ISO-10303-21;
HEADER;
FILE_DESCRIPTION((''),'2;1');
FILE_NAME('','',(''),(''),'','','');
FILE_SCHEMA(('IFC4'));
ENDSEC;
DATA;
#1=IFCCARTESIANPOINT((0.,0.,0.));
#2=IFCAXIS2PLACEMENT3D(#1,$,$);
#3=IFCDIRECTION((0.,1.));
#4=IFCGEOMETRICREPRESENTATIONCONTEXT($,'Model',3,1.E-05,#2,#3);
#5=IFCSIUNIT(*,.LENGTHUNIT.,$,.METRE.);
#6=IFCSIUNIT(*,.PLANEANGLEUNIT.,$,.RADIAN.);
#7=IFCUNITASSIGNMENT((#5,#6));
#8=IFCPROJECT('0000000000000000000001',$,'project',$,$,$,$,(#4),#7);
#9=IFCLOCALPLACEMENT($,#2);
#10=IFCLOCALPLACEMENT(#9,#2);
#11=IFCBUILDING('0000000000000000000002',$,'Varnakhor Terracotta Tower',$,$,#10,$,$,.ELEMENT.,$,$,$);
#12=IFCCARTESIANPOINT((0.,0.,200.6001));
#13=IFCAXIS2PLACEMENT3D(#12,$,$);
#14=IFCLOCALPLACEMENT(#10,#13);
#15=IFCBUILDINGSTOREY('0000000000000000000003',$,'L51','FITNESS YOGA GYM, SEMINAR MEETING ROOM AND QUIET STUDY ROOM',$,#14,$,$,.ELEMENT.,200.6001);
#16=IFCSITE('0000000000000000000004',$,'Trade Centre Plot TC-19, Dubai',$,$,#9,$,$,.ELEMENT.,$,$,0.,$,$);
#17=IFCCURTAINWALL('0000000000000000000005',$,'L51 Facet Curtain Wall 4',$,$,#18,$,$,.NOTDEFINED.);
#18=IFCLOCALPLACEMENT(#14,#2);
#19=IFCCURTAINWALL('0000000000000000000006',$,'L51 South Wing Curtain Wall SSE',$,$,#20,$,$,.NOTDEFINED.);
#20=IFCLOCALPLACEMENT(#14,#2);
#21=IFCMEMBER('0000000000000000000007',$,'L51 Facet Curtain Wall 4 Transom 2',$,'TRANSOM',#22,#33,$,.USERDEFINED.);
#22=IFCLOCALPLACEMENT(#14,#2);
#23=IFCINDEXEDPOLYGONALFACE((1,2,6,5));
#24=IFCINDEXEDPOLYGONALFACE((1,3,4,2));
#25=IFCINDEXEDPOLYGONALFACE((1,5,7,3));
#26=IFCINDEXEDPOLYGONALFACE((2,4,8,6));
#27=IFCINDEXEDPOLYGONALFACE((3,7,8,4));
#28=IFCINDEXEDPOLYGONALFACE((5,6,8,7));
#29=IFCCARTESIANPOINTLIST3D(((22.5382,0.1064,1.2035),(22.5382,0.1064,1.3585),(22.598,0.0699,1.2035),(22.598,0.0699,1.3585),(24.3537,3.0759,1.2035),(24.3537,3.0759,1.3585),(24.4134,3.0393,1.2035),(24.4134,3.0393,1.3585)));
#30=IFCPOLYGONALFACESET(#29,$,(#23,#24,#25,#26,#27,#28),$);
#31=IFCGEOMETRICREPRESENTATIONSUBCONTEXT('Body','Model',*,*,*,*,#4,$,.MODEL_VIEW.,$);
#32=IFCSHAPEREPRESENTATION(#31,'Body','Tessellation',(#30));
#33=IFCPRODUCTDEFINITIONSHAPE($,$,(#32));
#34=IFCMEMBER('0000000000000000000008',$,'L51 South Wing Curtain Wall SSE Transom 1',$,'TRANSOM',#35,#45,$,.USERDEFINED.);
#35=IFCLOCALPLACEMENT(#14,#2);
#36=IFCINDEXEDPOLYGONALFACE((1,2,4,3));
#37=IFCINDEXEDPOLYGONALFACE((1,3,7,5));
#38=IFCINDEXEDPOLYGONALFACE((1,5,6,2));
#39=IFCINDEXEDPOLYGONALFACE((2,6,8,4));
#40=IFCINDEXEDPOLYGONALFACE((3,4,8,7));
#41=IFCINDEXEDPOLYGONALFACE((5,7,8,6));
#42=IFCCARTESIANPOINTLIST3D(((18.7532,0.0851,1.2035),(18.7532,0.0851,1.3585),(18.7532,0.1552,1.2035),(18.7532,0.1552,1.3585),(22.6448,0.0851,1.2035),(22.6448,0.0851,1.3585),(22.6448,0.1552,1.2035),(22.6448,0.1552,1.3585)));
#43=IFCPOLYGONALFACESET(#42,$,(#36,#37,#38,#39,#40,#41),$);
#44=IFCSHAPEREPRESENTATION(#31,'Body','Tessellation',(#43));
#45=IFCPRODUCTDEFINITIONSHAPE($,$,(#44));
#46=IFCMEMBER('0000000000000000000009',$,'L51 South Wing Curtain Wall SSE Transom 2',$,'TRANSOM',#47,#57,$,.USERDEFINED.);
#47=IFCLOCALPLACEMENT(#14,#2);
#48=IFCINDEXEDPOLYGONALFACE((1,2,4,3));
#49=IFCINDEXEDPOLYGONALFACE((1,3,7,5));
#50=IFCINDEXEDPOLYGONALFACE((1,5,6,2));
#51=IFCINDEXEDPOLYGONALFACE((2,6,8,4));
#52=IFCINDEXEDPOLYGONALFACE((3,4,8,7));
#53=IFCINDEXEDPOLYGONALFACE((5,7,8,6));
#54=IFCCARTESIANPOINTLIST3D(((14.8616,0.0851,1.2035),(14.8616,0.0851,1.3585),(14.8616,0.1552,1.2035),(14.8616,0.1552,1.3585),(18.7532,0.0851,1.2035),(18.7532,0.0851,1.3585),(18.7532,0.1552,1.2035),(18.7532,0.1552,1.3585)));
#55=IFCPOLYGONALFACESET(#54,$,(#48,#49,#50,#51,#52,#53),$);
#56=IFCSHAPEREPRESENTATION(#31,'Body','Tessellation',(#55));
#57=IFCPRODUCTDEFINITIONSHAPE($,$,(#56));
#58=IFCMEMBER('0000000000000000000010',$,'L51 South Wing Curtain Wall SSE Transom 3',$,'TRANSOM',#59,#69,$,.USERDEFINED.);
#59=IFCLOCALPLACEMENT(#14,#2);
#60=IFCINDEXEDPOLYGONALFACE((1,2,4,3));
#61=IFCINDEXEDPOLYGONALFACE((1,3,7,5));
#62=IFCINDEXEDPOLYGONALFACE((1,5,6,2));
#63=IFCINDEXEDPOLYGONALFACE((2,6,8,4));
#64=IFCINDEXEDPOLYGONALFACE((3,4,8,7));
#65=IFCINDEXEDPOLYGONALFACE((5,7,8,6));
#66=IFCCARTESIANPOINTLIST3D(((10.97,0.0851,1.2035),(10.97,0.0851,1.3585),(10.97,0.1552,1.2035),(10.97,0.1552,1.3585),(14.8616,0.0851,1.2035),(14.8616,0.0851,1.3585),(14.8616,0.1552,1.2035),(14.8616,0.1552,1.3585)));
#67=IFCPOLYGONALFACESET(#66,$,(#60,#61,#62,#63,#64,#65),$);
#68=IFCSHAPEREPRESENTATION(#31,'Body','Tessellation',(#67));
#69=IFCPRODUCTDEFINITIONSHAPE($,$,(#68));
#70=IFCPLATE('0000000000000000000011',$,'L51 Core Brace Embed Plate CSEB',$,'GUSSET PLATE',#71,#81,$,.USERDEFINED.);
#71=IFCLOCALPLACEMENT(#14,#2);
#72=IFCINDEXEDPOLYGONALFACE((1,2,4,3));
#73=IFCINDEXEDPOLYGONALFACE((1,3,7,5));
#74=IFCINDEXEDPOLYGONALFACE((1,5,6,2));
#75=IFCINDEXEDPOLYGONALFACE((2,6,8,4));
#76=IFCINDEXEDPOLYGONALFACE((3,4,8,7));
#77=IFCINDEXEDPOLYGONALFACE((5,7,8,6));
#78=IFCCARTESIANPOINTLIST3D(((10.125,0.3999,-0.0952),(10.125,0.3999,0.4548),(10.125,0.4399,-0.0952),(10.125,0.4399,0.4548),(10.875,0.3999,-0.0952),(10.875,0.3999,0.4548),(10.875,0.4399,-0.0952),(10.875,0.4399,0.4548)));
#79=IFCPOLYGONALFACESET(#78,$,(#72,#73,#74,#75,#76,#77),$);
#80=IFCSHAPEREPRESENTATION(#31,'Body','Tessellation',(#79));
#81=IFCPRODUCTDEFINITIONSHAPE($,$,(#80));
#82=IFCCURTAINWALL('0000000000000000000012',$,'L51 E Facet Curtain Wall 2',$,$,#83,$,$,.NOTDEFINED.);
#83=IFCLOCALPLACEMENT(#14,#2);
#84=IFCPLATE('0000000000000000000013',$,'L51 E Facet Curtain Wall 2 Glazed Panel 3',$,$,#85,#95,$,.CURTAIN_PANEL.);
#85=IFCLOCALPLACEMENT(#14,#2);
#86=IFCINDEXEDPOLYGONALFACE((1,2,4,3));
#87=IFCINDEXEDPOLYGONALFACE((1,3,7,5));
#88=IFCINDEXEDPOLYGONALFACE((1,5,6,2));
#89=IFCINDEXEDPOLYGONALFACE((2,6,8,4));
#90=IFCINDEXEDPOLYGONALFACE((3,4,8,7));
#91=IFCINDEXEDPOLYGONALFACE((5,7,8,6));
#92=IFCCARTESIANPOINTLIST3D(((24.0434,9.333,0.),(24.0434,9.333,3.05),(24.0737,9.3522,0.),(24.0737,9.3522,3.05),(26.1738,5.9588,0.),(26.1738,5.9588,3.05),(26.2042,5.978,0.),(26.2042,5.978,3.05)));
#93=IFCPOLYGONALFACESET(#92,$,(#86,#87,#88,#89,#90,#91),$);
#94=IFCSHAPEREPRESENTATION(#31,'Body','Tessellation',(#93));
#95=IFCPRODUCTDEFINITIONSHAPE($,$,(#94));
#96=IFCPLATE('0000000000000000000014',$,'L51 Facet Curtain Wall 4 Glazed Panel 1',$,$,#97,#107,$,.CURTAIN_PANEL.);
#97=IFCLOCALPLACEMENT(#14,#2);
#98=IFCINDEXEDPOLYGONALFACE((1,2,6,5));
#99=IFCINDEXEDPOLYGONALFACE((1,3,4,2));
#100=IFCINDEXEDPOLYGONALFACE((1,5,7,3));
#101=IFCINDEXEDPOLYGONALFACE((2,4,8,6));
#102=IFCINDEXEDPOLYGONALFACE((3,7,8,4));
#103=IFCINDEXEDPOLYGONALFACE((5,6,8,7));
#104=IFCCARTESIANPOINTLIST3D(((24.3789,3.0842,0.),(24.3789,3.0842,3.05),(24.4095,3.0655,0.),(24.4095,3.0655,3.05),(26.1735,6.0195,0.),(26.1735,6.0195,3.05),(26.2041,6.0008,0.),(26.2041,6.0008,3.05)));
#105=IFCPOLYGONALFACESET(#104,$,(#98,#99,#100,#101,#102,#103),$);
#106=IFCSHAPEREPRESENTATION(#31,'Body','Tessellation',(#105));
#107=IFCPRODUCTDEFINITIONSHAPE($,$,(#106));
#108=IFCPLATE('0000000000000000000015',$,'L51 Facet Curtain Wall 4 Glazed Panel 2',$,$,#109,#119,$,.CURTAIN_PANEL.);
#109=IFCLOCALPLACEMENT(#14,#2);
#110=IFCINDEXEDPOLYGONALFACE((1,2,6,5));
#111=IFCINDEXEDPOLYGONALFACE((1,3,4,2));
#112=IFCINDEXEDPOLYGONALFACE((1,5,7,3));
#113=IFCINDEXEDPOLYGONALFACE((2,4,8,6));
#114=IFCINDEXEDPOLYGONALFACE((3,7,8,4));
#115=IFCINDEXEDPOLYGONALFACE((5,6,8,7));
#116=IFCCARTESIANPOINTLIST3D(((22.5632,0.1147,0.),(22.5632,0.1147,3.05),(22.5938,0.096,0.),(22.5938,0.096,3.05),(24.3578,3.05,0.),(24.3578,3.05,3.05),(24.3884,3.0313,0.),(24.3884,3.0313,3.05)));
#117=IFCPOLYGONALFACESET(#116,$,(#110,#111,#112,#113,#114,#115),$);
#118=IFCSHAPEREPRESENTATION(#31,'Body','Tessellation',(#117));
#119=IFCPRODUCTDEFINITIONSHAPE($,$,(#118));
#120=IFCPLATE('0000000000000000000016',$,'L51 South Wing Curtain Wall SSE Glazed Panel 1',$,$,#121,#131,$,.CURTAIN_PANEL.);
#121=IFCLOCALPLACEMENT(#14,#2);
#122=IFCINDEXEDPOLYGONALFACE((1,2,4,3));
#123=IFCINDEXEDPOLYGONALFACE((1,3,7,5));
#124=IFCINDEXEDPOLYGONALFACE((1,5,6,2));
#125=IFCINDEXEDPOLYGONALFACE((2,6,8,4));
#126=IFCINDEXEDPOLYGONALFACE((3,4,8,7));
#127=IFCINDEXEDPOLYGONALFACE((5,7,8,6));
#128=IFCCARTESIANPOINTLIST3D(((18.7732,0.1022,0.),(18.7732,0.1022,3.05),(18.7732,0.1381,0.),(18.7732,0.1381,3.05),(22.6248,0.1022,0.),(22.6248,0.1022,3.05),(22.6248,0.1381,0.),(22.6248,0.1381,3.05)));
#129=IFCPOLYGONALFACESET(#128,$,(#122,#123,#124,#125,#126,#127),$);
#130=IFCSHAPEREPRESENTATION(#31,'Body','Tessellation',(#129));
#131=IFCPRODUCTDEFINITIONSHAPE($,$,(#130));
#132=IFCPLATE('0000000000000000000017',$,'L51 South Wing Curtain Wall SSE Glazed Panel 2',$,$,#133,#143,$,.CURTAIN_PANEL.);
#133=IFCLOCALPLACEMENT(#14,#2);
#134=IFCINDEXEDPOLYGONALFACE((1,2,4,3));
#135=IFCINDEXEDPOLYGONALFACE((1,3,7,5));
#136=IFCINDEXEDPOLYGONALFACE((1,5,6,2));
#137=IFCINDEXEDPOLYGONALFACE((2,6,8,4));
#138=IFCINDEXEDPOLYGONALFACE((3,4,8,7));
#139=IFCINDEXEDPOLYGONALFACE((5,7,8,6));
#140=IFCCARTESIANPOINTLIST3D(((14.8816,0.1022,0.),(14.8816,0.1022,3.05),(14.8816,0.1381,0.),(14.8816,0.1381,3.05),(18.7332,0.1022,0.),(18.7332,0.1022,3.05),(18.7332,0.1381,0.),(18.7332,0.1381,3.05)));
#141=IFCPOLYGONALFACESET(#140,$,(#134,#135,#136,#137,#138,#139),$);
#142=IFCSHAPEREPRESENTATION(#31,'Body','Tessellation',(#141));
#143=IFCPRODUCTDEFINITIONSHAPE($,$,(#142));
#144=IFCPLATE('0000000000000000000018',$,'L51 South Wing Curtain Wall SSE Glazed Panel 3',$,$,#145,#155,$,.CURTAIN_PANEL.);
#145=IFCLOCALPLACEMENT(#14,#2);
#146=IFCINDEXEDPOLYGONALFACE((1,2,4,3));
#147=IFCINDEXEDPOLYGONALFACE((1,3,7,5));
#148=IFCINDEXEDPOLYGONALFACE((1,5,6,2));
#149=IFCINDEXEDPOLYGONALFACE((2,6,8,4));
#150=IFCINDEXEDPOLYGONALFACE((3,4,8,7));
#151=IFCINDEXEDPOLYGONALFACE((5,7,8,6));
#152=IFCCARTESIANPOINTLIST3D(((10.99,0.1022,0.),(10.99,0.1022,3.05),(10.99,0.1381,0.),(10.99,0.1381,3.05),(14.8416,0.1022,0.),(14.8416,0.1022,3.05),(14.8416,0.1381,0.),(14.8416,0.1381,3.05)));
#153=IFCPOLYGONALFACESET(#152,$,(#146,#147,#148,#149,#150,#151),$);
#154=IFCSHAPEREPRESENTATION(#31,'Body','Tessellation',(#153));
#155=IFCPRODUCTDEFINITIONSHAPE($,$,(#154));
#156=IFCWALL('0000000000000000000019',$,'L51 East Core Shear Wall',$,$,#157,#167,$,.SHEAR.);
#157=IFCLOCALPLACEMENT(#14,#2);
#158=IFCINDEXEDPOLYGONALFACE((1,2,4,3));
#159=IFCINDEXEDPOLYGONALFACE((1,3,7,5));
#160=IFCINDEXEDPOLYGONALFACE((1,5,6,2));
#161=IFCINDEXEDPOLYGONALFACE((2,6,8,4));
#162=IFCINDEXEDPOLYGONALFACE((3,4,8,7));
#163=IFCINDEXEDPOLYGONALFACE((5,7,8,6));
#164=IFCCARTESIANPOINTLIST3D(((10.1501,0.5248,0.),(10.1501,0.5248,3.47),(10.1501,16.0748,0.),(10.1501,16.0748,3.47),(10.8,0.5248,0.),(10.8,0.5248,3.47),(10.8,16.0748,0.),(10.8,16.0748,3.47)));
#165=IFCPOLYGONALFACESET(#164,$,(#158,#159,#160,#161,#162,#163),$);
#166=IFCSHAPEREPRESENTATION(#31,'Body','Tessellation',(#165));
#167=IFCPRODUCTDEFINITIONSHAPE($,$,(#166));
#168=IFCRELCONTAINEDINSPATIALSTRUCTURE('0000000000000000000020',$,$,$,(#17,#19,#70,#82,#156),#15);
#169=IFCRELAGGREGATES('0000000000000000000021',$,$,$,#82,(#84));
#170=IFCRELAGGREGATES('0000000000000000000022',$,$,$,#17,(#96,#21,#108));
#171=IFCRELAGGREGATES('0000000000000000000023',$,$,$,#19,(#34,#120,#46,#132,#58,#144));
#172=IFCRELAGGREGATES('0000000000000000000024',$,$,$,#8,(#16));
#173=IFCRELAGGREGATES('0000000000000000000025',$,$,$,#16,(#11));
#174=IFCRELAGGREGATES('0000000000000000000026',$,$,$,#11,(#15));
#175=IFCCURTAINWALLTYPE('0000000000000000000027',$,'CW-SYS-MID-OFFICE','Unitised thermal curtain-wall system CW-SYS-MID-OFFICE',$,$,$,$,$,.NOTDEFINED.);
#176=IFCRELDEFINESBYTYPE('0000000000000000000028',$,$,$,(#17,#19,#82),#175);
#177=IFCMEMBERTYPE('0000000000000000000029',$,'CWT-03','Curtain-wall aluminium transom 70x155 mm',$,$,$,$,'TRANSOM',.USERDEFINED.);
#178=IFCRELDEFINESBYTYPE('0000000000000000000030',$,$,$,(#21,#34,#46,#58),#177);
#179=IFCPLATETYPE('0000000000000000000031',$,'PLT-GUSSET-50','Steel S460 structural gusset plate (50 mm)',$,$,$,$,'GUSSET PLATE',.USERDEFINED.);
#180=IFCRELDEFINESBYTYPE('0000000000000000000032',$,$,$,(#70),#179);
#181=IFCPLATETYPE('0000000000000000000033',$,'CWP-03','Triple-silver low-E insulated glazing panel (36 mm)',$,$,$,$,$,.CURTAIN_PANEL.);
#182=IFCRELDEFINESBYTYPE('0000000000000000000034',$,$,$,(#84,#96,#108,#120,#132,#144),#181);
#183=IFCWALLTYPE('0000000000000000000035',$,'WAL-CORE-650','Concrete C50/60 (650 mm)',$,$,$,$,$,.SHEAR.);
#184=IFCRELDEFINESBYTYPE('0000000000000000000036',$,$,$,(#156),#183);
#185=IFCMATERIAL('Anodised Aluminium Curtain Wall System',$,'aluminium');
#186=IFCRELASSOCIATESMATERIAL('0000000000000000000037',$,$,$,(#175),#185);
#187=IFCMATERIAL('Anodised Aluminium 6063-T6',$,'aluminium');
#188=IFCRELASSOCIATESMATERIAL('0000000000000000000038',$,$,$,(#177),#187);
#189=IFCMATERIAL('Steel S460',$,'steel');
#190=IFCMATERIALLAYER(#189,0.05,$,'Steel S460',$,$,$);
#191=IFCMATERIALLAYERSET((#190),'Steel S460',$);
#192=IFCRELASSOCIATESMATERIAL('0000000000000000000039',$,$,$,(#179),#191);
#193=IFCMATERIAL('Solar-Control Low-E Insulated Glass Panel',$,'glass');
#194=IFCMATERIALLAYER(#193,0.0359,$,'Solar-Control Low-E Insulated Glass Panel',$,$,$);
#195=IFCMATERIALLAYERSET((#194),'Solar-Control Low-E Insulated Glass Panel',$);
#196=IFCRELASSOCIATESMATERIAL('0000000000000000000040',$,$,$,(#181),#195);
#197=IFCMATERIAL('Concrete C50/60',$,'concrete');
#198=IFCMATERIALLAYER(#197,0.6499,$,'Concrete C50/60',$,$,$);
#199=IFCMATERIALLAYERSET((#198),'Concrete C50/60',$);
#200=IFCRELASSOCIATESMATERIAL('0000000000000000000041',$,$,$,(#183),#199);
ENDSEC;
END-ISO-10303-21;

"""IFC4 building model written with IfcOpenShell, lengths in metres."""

from ifc_helpers import new_model, si_unit, direction, frame, frame_2d, origin, origin_2d, place, context, subcontext, project, spatial, rectangle, extrude, source, transform, mapped, material, layer, layer_set, material_profile, profile_set, type_object, type_shapes, element, aggregate, save


model = new_model("IFC4")

# Units and contexts
model_context = context("Model", 3, precision=1e-05, world=origin(), true_north=direction((0.0, 1.0)))
body_context = subcontext(model_context, "Body", "Model", "MODEL_VIEW")
ifc_project = project(units=[si_unit("LENGTHUNIT", "METRE"), si_unit("PLANEANGLEUNIT", "RADIAN")], contexts=[model_context])

# Site, building, storey
site_placement = place(None, origin())
site = spatial("IfcSite", under=ifc_project, at=site_placement, Name="Trade Centre Plot TC-19, Dubai", CompositionType="ELEMENT", RefElevation=0.0)
building_placement = place(site_placement, origin())
building = spatial("IfcBuilding", under=site, at=building_placement, Name="Varnakhor Terracotta Tower", CompositionType="ELEMENT")
storey_placement = place(building_placement, frame((0.0, 0.0, 200.6001)))
storey = spatial("IfcBuildingStorey", under=building, at=storey_placement, Name="L51", Description="FITNESS YOGA GYM, SEMINAR MEETING ROOM AND QUIET STUDY ROOM", CompositionType="ELEMENT", Elevation=200.6001)

# Shared definitions
ifc_material_1 = material(Name="Concrete C50/60", Category="concrete")
ifc_material_2 = material(Name="Steel S460", Category="steel")

# Curtain walls
ifc_material_3 = material(Name="Anodised Aluminium Curtain Wall System", Category="aluminium")
curtain_wall_type = type_object("IfcCurtainWallType", Name="CW-SYS-MID-OFFICE", Description="Unitised thermal curtain-wall system CW-SYS-MID-OFFICE", PredefinedType="NOTDEFINED", material=ifc_material_3)
curtain_wall_1_placement = place(storey_placement, origin())
curtain_wall_1 = element("IfcCurtainWall", 1, at=curtain_wall_1_placement, inside=storey, type_object=curtain_wall_type, Name="L51 Facet Curtain Wall 4", PredefinedType="NOTDEFINED")
ifc_material_4 = material(Name="Anodised Aluminium 6063-T6", Category="aluminium")
curtain_wall_2_placement = place(storey_placement, origin())
curtain_wall_2 = element("IfcCurtainWall", 2, at=curtain_wall_2_placement, inside=storey, type_object=curtain_wall_type, Name="L51 South Wing Curtain Wall SSE", PredefinedType="NOTDEFINED")

# Members
ifc_material_profile_1 = material_profile(ifc_material_4, rectangle(XDim=0.0701, YDim=0.155, at=origin_2d()), Name="ALU TRANSOM 70x155")
ifc_profile_set_1 = profile_set([ifc_material_profile_1], Name="Anodised Aluminium 6063-T6")
member_type_1 = type_object("IfcMemberType", Name="CWT-03", Description="Curtain-wall aluminium transom 70x155 mm", ElementType="TRANSOM", PredefinedType="USERDEFINED", material=ifc_profile_set_1)
shared_shape_1 = source(origin(), body_context, "Body", "SweptSolid", [
    extrude(rectangle(XDim=0.0701, YDim=0.155, at=origin_2d()), origin(), (0.0, 0.0, 1.0), 3.4805),
])
member_1_placement = place(storey_placement, frame((24.3835, 3.0576, 1.281), z_axis=(-0.521606, -0.853186, 0.0), x_axis=(0.853186, -0.521606, 0.0)))
member_1 = element("IfcMember", 3, at=member_1_placement, type_object=member_type_1, Name="L51 Facet Curtain Wall 4 Transom 2", ObjectType="TRANSOM", PredefinedType="USERDEFINED", context=body_context, shape_type="MappedRepresentation", body=[
    mapped(shared_shape_1, transform((0.0, 0.0, 0.0), scale=1.0)),
])
shared_shape_2 = source(origin(), body_context, "Body", "SweptSolid", [
    extrude(rectangle(XDim=0.0701, YDim=0.155, at=origin_2d()), origin(), (0.0, 0.0, 1.0), 3.8916),
])
member_2_placement = place(storey_placement, frame((22.6448, 0.1201, 1.281), z_axis=(-1.0, 0.0, 0.0), x_axis=(0.0, -1.0, 0.0)))
member_2 = element("IfcMember", 4, at=member_2_placement, type_object=member_type_1, Name="L51 South Wing Curtain Wall SSE Transom 1", ObjectType="TRANSOM", PredefinedType="USERDEFINED", context=body_context, shape_type="MappedRepresentation", body=[
    mapped(shared_shape_2, transform((0.0, 0.0, 0.0), scale=1.0)),
])
member_3_placement = place(storey_placement, frame((18.7532, 0.1201, 1.281), z_axis=(-1.0, 0.0, 0.0), x_axis=(0.0, -1.0, 0.0)))
member_3 = element("IfcMember", 5, at=member_3_placement, type_object=member_type_1, Name="L51 South Wing Curtain Wall SSE Transom 2", ObjectType="TRANSOM", PredefinedType="USERDEFINED", context=body_context, shape_type="MappedRepresentation", body=[
    mapped(shared_shape_2, transform((0.0, 0.0, 0.0), scale=1.0)),
])
member_4_placement = place(storey_placement, frame((14.8616, 0.1201, 1.281), z_axis=(-1.0, 0.0, 0.0), x_axis=(0.0, -1.0, 0.0)))
member_4 = element("IfcMember", 6, at=member_4_placement, type_object=member_type_1, Name="L51 South Wing Curtain Wall SSE Transom 3", ObjectType="TRANSOM", PredefinedType="USERDEFINED", context=body_context, shape_type="MappedRepresentation", body=[
    mapped(shared_shape_2, transform((0.0, 0.0, 0.0), scale=1.0)),
])

# Plate
ifc_layer_1 = layer(ifc_material_2, 0.05, Name="Steel S460")
ifc_layer_set_1 = layer_set([ifc_layer_1], Name="Steel S460")
plate_type_1 = type_object("IfcPlateType", Name="PLT-GUSSET-50", Description="Steel S460 structural gusset plate (50 mm)", ElementType="GUSSET PLATE", PredefinedType="USERDEFINED", material=ifc_layer_set_1)
shared_shape_3 = source(origin(), body_context, "Body", "SweptSolid", [
    extrude(rectangle(XDim=0.75, YDim=0.04, at=origin_2d()), origin(), (0.0, 0.0, 1.0), 0.55),
])
type_shapes(plate_type_1, [shared_shape_3])
plate_1_placement = place(storey_placement, frame((10.5, 0.4199, -0.0952), z_axis=(0.0, 0.0, 1.0), x_axis=(1.0, 0.0, 0.0)))
element("IfcPlate", 7, at=plate_1_placement, inside=storey, type_object=plate_type_1, Name="L51 Core Brace Embed Plate CSEB", ObjectType="GUSSET PLATE", PredefinedType="USERDEFINED", context=body_context, shape_type="MappedRepresentation", body=[
    mapped(shared_shape_3, transform((0.0, 0.0, 0.0), scale=1.0)),
])

# Curtain wall, plate
curtain_wall_3_placement = place(storey_placement, origin())
curtain_wall_3 = element("IfcCurtainWall", 8, at=curtain_wall_3_placement, inside=storey, type_object=curtain_wall_type, Name="L51 E Facet Curtain Wall 2", PredefinedType="NOTDEFINED")
ifc_material_5 = material(Name="Solar-Control Low-E Insulated Glass Panel", Category="glass")
ifc_layer_2 = layer(ifc_material_5, 0.0359, Name="Solar-Control Low-E Insulated Glass Panel")
ifc_layer_set_2 = layer_set([ifc_layer_2], Name="Solar-Control Low-E Insulated Glass Panel")
plate_type_2 = type_object("IfcPlateType", Name="CWP-03", Description="Triple-silver low-E insulated glazing panel (36 mm)", PredefinedType="CURTAIN_PANEL", material=ifc_layer_set_2)
shared_shape_4 = source(origin(), body_context, "Body", "SweptSolid", [
    extrude(rectangle(XDim=3.9905, YDim=0.0359, at=origin_2d()), origin(), (0.0, 0.0, 1.0), 3.05),
])
plate_2_placement = place(storey_placement, frame((25.1238, 7.6555, 0.0), z_axis=(0.0, 0.0, 1.0), x_axis=(0.53388, -0.84556, 0.0)))
plate_2 = element("IfcPlate", 9, at=plate_2_placement, type_object=plate_type_2, Name="L51 E Facet Curtain Wall 2 Glazed Panel 3", PredefinedType="CURTAIN_PANEL", context=body_context, shape_type="MappedRepresentation", body=[
    mapped(shared_shape_4, transform((0.0, 0.0, 0.0), scale=1.0)),
])
aggregate(curtain_wall_3, [plate_2])

# Plates
shared_shape_5 = source(origin(), body_context, "Body", "SweptSolid", [
    extrude(rectangle(XDim=3.4404, YDim=0.0359, at=origin_2d()), origin(), (0.0, 0.0, 1.0), 3.05),
])
plate_3_placement = place(storey_placement, frame((25.2915, 4.5425, 0.0), z_axis=(0.0, 0.0, 1.0), x_axis=(-0.52162, -0.853178, 0.0)))
plate_3 = element("IfcPlate", 10, at=plate_3_placement, type_object=plate_type_2, Name="L51 Facet Curtain Wall 4 Glazed Panel 1", PredefinedType="CURTAIN_PANEL", context=body_context, shape_type="MappedRepresentation", body=[
    mapped(shared_shape_5, transform((0.0, 0.0, 0.0), scale=1.0)),
])
plate_4_placement = place(storey_placement, frame((23.4758, 1.573, 0.0), z_axis=(0.0, 0.0, 1.0), x_axis=(-0.52162, -0.853178, 0.0)))
plate_4 = element("IfcPlate", 11, at=plate_4_placement, type_object=plate_type_2, Name="L51 Facet Curtain Wall 4 Glazed Panel 2", PredefinedType="CURTAIN_PANEL", context=body_context, shape_type="MappedRepresentation", body=[
    mapped(shared_shape_5, transform((0.0, 0.0, 0.0), scale=1.0)),
])
aggregate(curtain_wall_1, [plate_3, member_1, plate_4])
shared_shape_6 = source(origin(), body_context, "Body", "SweptSolid", [
    extrude(rectangle(XDim=3.8516, YDim=0.0359, at=origin_2d()), origin(), (0.0, 0.0, 1.0), 3.05),
])
plate_5_placement = place(storey_placement, frame((20.699, 0.1201, 0.0), z_axis=(0.0, 0.0, 1.0), x_axis=(-1.0, 0.0, 0.0)))
plate_5 = element("IfcPlate", 12, at=plate_5_placement, type_object=plate_type_2, Name="L51 South Wing Curtain Wall SSE Glazed Panel 1", PredefinedType="CURTAIN_PANEL", context=body_context, shape_type="MappedRepresentation", body=[
    mapped(shared_shape_6, transform((0.0, 0.0, 0.0), scale=1.0)),
])
plate_6_placement = place(storey_placement, frame((16.8074, 0.1201, 0.0), z_axis=(0.0, 0.0, 1.0), x_axis=(-1.0, 0.0, 0.0)))
plate_6 = element("IfcPlate", 13, at=plate_6_placement, type_object=plate_type_2, Name="L51 South Wing Curtain Wall SSE Glazed Panel 2", PredefinedType="CURTAIN_PANEL", context=body_context, shape_type="MappedRepresentation", body=[
    mapped(shared_shape_6, transform((0.0, 0.0, 0.0), scale=1.0)),
])
plate_7_placement = place(storey_placement, frame((12.9158, 0.1201, 0.0), z_axis=(0.0, 0.0, 1.0), x_axis=(-1.0, 0.0, 0.0)))
plate_7 = element("IfcPlate", 14, at=plate_7_placement, type_object=plate_type_2, Name="L51 South Wing Curtain Wall SSE Glazed Panel 3", PredefinedType="CURTAIN_PANEL", context=body_context, shape_type="MappedRepresentation", body=[
    mapped(shared_shape_6, transform((0.0, 0.0, 0.0), scale=1.0)),
])
aggregate(curtain_wall_2, [member_2, plate_5, member_3, plate_6, member_4, plate_7])

# Wall
ifc_layer_3 = layer(ifc_material_1, 0.6499, Name="Concrete C50/60")
ifc_layer_set_3 = layer_set([ifc_layer_3], Name="Concrete C50/60")
wall_type_1 = type_object("IfcWallType", Name="WAL-CORE-650", Description="Concrete C50/60 (650 mm)", PredefinedType="SHEAR", material=ifc_layer_set_3)
wall_1_placement = place(storey_placement, frame((10.4751, 0.5249, 0.0), z_axis=(0.0, 0.0, 1.0), x_axis=(0.0, 1.0, 0.0)))
element("IfcWall", 15, at=wall_1_placement, inside=storey, type_object=wall_type_1, Name="L51 East Core Shear Wall", PredefinedType="SHEAR", context=body_context, shape_type="SweptSolid", body=[
    extrude(rectangle(XDim=15.55, YDim=0.6499, at=frame_2d((7.7749, 0.0))), origin(), (0.0, 0.0, 1.0), 3.47),
])

save(model, "model.ifc")
